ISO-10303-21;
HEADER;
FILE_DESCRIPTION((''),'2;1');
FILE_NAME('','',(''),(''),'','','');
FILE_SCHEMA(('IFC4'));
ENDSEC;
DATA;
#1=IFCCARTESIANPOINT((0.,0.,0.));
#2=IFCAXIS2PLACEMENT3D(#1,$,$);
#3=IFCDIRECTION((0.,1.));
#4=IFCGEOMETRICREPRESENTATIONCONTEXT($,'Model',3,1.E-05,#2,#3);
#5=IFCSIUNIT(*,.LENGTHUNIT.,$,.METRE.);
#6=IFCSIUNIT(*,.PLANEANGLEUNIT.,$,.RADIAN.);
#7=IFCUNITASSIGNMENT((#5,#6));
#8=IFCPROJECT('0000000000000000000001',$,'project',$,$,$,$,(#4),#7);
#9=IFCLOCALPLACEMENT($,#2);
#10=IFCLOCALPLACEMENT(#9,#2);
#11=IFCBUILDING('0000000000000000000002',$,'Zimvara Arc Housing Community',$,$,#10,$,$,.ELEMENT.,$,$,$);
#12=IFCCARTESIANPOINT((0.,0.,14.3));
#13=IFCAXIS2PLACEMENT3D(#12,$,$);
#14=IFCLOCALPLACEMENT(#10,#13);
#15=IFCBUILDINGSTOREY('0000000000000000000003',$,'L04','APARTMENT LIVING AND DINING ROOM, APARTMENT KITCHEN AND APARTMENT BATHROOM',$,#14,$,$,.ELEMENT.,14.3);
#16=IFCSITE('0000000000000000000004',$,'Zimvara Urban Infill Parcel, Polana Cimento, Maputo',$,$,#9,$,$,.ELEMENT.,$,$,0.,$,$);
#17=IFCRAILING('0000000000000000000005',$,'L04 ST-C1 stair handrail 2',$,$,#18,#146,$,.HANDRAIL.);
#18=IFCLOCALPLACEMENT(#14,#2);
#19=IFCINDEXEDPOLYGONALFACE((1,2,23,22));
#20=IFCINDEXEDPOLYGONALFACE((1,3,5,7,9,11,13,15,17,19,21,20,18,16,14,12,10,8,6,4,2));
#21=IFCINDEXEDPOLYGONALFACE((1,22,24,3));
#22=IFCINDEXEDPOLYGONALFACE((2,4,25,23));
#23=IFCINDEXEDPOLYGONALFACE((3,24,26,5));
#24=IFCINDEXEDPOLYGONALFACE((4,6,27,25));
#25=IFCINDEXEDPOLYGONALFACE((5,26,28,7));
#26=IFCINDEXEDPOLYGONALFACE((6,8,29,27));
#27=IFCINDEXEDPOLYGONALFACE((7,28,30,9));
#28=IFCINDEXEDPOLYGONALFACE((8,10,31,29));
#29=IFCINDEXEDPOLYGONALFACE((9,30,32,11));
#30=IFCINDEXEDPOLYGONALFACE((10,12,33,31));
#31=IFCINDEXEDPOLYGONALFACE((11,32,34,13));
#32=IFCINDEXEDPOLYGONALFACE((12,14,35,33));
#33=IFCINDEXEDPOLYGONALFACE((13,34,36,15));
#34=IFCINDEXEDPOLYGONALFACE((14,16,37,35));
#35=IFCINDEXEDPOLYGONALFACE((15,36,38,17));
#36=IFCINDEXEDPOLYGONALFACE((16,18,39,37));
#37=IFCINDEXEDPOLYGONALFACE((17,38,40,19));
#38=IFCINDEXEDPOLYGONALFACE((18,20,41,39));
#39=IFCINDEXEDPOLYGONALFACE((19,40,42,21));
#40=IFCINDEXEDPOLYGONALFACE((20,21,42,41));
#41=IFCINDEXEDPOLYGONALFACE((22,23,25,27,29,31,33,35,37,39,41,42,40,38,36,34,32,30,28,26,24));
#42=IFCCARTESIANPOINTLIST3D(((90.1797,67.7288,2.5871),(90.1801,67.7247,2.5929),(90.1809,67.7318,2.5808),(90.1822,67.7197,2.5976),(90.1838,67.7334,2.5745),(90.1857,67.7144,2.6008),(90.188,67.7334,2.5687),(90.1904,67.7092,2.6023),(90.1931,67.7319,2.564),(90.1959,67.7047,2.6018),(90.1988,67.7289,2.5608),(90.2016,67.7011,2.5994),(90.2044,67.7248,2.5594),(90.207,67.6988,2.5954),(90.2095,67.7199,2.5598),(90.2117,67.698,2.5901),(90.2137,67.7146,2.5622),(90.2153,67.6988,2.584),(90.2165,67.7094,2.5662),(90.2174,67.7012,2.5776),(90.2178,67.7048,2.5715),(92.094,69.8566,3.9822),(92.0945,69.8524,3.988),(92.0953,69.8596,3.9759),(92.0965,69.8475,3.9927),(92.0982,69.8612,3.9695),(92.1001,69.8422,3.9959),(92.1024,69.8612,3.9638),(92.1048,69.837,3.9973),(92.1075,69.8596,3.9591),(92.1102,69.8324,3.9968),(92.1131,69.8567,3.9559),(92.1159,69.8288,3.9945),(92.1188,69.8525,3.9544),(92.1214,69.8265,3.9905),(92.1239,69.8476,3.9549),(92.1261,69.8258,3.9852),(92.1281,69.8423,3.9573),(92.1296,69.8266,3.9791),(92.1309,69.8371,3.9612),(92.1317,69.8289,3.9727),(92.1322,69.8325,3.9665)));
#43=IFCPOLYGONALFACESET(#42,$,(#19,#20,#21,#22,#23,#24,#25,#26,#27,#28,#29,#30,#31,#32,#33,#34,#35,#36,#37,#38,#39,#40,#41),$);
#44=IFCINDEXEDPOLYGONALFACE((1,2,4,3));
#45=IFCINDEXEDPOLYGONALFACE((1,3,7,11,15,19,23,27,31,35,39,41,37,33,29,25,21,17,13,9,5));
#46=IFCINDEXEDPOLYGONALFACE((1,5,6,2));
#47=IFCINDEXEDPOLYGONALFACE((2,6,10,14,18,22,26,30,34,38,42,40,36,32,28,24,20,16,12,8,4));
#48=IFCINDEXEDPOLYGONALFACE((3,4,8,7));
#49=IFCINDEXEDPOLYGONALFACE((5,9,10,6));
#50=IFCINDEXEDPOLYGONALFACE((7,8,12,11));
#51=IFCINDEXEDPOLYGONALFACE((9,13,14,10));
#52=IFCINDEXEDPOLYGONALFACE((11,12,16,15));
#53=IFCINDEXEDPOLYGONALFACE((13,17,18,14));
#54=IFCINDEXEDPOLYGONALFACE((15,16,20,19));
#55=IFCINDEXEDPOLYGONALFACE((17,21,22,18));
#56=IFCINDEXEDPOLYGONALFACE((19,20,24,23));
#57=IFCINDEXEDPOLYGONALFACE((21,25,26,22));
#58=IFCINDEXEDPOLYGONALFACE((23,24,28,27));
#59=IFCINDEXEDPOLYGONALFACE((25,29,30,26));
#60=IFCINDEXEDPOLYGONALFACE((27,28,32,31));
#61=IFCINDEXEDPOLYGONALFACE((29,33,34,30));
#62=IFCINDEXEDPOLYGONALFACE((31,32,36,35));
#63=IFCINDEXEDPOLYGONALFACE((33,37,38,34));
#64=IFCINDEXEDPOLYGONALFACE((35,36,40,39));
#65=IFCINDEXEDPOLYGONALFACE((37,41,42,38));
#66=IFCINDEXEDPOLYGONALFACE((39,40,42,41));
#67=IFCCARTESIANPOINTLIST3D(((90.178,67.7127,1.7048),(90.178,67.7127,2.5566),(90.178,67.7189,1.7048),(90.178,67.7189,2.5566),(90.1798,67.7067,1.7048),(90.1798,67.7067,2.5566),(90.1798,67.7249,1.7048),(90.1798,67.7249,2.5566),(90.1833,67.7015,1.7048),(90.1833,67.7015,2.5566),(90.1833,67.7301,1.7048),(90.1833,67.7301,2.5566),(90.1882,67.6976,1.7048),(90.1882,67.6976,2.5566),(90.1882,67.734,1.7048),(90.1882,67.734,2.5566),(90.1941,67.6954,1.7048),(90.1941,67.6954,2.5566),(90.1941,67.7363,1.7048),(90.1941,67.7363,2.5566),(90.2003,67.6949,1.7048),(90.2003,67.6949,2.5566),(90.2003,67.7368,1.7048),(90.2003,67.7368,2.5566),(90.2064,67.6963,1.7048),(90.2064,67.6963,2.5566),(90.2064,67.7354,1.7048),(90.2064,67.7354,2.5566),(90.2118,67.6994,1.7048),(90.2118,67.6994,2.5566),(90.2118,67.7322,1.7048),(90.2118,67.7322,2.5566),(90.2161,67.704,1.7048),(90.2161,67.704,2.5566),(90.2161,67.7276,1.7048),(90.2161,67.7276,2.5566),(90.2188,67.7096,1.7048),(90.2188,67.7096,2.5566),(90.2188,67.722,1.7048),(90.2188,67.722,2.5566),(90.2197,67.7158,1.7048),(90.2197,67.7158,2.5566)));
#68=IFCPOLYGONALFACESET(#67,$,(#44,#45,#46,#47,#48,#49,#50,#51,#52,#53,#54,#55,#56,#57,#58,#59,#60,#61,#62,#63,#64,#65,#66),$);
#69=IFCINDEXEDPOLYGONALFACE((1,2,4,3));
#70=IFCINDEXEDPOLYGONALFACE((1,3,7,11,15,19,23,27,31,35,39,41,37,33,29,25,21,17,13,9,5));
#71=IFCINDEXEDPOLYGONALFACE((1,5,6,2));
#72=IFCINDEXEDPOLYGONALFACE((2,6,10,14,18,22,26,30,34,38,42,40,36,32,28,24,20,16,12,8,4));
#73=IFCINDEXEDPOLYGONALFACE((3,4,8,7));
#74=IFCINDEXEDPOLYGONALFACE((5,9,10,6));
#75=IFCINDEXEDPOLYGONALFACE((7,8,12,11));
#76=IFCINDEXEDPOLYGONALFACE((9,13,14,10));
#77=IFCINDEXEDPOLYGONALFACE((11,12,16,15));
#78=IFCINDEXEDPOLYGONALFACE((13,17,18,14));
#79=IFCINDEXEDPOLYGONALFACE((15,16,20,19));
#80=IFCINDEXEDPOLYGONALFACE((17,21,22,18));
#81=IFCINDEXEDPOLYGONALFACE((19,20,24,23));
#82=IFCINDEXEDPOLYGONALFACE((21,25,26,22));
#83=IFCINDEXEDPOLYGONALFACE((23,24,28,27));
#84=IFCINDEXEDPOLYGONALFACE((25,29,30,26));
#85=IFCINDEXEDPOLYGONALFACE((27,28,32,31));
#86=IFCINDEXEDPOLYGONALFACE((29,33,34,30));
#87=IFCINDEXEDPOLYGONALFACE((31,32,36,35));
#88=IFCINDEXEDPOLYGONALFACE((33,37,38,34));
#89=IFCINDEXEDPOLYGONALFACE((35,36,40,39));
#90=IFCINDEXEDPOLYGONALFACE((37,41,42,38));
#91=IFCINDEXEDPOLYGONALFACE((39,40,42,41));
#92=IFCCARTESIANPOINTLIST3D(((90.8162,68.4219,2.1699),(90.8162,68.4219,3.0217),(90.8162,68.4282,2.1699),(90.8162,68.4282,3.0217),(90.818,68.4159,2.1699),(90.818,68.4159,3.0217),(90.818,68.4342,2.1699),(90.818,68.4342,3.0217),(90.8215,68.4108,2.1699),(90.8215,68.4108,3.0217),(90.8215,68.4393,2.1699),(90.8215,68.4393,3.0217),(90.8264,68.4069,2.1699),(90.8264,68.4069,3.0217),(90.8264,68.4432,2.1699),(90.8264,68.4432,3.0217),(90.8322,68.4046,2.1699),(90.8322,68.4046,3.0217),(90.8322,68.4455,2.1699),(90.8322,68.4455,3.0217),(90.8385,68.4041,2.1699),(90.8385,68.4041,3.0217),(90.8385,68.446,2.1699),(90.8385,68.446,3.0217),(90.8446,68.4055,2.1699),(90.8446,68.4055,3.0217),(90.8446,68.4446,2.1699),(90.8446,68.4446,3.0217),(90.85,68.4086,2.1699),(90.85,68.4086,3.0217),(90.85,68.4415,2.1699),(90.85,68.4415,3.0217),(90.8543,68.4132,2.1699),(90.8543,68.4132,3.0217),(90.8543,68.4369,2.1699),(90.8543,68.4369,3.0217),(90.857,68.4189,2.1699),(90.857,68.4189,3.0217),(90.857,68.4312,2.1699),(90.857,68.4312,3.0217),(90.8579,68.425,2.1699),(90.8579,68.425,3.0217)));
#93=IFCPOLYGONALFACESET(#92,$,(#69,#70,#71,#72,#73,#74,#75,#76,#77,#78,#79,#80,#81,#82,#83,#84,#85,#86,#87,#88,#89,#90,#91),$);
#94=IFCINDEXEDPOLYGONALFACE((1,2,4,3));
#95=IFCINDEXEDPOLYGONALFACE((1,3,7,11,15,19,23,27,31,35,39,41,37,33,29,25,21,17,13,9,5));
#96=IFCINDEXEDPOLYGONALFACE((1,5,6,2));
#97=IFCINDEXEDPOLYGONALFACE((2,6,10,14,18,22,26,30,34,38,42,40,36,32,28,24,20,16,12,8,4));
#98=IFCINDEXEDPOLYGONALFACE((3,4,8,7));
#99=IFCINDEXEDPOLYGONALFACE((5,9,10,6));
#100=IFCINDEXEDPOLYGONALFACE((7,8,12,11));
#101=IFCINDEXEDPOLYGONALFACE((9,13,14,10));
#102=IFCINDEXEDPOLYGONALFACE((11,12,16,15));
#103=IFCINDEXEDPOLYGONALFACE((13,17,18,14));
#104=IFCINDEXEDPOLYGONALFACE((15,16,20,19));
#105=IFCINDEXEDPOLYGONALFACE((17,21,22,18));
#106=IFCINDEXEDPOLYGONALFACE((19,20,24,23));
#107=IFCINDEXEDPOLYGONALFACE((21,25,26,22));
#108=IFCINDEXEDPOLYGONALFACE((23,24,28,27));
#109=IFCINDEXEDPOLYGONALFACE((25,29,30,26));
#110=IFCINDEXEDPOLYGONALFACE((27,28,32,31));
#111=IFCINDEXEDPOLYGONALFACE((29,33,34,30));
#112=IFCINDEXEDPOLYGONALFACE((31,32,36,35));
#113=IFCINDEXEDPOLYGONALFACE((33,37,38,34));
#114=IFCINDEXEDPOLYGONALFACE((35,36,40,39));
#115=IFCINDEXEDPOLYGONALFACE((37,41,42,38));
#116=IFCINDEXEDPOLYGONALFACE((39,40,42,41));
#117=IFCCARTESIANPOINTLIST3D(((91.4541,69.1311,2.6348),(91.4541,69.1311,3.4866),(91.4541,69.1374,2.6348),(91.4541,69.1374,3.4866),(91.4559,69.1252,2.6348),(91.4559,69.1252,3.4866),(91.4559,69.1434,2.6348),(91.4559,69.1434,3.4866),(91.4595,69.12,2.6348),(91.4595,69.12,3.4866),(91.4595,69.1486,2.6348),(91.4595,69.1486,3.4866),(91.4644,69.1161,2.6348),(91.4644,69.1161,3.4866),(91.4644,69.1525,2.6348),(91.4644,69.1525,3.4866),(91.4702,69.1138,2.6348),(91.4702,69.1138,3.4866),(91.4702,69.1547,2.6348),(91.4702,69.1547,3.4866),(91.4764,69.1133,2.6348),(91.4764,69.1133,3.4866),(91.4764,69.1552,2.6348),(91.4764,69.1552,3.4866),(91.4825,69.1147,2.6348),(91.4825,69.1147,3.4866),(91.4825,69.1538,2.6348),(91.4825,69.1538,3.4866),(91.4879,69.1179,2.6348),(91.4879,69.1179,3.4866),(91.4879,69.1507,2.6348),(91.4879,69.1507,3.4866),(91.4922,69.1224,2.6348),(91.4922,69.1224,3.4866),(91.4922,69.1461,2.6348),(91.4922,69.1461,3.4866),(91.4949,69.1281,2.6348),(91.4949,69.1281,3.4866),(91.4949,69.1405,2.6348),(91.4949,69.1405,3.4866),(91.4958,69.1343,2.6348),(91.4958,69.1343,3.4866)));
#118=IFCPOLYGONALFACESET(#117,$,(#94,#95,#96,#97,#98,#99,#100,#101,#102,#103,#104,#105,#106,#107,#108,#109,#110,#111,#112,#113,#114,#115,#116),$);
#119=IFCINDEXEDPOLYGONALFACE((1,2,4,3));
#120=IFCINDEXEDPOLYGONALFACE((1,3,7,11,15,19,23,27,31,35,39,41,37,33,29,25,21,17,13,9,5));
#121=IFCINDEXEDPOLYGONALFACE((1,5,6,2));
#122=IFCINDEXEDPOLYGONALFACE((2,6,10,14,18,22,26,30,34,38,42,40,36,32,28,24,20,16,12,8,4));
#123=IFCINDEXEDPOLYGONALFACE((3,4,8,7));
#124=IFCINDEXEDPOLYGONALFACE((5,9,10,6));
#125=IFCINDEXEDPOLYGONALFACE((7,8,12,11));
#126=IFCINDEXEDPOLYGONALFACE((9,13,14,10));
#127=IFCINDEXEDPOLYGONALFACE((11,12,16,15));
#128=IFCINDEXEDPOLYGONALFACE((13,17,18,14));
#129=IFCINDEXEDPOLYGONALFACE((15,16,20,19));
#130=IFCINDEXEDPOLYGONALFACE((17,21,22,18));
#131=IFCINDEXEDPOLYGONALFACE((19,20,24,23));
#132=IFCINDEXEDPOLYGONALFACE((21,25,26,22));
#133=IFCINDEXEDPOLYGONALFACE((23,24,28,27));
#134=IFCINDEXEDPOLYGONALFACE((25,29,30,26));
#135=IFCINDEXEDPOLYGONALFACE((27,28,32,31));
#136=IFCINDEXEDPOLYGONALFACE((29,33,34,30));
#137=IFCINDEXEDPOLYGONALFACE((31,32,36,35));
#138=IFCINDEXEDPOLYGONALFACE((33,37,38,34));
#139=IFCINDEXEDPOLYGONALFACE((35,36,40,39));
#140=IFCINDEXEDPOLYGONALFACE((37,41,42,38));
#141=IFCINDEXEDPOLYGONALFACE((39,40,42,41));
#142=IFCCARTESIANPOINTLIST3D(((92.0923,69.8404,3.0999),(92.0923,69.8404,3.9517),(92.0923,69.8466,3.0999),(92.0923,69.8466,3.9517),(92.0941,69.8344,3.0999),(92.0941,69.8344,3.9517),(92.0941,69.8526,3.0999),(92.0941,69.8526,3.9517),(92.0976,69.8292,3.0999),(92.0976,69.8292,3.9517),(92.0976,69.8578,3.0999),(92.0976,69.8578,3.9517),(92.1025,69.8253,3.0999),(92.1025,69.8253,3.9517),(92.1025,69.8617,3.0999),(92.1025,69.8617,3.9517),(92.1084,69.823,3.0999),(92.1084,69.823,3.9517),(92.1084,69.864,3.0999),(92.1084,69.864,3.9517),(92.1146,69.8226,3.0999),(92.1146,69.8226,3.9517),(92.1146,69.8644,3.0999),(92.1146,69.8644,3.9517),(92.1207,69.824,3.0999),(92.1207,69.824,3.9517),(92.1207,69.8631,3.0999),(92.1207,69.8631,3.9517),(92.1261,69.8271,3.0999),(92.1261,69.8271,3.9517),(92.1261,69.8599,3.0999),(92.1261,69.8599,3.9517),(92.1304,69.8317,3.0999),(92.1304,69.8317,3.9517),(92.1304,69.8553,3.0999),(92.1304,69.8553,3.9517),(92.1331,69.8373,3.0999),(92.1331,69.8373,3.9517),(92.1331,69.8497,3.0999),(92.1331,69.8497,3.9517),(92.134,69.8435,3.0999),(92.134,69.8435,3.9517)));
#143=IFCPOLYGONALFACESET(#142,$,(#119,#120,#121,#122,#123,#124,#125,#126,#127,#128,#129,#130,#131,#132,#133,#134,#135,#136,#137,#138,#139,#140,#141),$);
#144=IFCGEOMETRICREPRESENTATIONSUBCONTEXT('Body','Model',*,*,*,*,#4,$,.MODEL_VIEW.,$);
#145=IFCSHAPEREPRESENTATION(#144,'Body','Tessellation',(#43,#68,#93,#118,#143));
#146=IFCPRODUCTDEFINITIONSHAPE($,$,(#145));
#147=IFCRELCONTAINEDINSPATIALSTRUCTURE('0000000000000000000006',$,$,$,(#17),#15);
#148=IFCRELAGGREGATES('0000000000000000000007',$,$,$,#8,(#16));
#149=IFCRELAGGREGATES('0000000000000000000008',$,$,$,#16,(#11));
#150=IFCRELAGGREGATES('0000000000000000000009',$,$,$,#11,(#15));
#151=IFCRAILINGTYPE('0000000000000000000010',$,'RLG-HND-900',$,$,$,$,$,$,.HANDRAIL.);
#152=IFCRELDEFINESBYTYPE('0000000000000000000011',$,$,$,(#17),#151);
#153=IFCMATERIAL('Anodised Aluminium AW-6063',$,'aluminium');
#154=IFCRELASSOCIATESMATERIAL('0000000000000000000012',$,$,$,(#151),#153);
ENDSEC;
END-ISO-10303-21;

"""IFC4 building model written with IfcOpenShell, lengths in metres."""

from ifc_helpers import new_model, si_unit, direction, frame, origin, origin_2d, place, context, subcontext, project, spatial, circle, extrude, material, type_object, element, save


model = new_model("IFC4")

# Units and contexts
model_context = context("Model", 3, precision=1e-05, world=origin(), true_north=direction((0.0, 1.0)))
body_context = subcontext(model_context, "Body", "Model", "MODEL_VIEW")
ifc_project = project(units=[si_unit("LENGTHUNIT", "METRE"), si_unit("PLANEANGLEUNIT", "RADIAN")], contexts=[model_context])

# Site, building, storey
site_placement = place(None, origin())
site = spatial("IfcSite", under=ifc_project, at=site_placement, Name="Zimvara Urban Infill Parcel, Polana Cimento, Maputo", CompositionType="ELEMENT", RefElevation=0.0)
building_placement = place(site_placement, origin())
building = spatial("IfcBuilding", under=site, at=building_placement, Name="Zimvara Arc Housing Community", CompositionType="ELEMENT")
storey_placement = place(building_placement, frame((0.0, 0.0, 14.3)))
storey = spatial("IfcBuildingStorey", under=building, at=storey_placement, Name="L04", Description="APARTMENT LIVING AND DINING ROOM, APARTMENT KITCHEN AND APARTMENT BATHROOM", CompositionType="ELEMENT", Elevation=14.3)

# Railing
ifc_material_1 = material(Name="Anodised Aluminium AW-6063", Category="aluminium")
railing_type_1 = type_object("IfcRailingType", Name="RLG-HND-900", PredefinedType="HANDRAIL", material=ifc_material_1)
railing_1_placement = place(storey_placement, frame((90.1987, 67.7158, 1.7048)))
element("IfcRailing", 1, at=railing_1_placement, inside=storey, type_object=railing_type_1, Name="L04 ST-C1 stair handrail 2", PredefinedType="HANDRAIL", context=body_context, shape_type="SweptSolid", body=[
    extrude(circle(Radius=0.0239, at=origin_2d()), frame((0.0, 0.0, 0.876), z_axis=(0.601232, 0.668248, 0.438138), x_axis=(-0.7434, 0.668847, 0.0)), (0.0, 0.0, 1.0), 3.1841),
    extrude(circle(Radius=0.021, at=origin_2d()), origin(), (0.0, 0.0, 1.0), 0.8518),
    extrude(circle(Radius=0.021, at=origin_2d()), frame((0.6382, 0.7092, 0.4651)), (0.0, 0.0, 1.0), 0.8518),
    extrude(circle(Radius=0.021, at=origin_2d()), frame((1.2761, 1.4185, 0.9299)), (0.0, 0.0, 1.0), 0.8518),
    extrude(circle(Radius=0.021, at=origin_2d()), frame((1.9143, 2.1277, 1.395)), (0.0, 0.0, 1.0), 0.8518),
])

save(model, "model.ifc")
